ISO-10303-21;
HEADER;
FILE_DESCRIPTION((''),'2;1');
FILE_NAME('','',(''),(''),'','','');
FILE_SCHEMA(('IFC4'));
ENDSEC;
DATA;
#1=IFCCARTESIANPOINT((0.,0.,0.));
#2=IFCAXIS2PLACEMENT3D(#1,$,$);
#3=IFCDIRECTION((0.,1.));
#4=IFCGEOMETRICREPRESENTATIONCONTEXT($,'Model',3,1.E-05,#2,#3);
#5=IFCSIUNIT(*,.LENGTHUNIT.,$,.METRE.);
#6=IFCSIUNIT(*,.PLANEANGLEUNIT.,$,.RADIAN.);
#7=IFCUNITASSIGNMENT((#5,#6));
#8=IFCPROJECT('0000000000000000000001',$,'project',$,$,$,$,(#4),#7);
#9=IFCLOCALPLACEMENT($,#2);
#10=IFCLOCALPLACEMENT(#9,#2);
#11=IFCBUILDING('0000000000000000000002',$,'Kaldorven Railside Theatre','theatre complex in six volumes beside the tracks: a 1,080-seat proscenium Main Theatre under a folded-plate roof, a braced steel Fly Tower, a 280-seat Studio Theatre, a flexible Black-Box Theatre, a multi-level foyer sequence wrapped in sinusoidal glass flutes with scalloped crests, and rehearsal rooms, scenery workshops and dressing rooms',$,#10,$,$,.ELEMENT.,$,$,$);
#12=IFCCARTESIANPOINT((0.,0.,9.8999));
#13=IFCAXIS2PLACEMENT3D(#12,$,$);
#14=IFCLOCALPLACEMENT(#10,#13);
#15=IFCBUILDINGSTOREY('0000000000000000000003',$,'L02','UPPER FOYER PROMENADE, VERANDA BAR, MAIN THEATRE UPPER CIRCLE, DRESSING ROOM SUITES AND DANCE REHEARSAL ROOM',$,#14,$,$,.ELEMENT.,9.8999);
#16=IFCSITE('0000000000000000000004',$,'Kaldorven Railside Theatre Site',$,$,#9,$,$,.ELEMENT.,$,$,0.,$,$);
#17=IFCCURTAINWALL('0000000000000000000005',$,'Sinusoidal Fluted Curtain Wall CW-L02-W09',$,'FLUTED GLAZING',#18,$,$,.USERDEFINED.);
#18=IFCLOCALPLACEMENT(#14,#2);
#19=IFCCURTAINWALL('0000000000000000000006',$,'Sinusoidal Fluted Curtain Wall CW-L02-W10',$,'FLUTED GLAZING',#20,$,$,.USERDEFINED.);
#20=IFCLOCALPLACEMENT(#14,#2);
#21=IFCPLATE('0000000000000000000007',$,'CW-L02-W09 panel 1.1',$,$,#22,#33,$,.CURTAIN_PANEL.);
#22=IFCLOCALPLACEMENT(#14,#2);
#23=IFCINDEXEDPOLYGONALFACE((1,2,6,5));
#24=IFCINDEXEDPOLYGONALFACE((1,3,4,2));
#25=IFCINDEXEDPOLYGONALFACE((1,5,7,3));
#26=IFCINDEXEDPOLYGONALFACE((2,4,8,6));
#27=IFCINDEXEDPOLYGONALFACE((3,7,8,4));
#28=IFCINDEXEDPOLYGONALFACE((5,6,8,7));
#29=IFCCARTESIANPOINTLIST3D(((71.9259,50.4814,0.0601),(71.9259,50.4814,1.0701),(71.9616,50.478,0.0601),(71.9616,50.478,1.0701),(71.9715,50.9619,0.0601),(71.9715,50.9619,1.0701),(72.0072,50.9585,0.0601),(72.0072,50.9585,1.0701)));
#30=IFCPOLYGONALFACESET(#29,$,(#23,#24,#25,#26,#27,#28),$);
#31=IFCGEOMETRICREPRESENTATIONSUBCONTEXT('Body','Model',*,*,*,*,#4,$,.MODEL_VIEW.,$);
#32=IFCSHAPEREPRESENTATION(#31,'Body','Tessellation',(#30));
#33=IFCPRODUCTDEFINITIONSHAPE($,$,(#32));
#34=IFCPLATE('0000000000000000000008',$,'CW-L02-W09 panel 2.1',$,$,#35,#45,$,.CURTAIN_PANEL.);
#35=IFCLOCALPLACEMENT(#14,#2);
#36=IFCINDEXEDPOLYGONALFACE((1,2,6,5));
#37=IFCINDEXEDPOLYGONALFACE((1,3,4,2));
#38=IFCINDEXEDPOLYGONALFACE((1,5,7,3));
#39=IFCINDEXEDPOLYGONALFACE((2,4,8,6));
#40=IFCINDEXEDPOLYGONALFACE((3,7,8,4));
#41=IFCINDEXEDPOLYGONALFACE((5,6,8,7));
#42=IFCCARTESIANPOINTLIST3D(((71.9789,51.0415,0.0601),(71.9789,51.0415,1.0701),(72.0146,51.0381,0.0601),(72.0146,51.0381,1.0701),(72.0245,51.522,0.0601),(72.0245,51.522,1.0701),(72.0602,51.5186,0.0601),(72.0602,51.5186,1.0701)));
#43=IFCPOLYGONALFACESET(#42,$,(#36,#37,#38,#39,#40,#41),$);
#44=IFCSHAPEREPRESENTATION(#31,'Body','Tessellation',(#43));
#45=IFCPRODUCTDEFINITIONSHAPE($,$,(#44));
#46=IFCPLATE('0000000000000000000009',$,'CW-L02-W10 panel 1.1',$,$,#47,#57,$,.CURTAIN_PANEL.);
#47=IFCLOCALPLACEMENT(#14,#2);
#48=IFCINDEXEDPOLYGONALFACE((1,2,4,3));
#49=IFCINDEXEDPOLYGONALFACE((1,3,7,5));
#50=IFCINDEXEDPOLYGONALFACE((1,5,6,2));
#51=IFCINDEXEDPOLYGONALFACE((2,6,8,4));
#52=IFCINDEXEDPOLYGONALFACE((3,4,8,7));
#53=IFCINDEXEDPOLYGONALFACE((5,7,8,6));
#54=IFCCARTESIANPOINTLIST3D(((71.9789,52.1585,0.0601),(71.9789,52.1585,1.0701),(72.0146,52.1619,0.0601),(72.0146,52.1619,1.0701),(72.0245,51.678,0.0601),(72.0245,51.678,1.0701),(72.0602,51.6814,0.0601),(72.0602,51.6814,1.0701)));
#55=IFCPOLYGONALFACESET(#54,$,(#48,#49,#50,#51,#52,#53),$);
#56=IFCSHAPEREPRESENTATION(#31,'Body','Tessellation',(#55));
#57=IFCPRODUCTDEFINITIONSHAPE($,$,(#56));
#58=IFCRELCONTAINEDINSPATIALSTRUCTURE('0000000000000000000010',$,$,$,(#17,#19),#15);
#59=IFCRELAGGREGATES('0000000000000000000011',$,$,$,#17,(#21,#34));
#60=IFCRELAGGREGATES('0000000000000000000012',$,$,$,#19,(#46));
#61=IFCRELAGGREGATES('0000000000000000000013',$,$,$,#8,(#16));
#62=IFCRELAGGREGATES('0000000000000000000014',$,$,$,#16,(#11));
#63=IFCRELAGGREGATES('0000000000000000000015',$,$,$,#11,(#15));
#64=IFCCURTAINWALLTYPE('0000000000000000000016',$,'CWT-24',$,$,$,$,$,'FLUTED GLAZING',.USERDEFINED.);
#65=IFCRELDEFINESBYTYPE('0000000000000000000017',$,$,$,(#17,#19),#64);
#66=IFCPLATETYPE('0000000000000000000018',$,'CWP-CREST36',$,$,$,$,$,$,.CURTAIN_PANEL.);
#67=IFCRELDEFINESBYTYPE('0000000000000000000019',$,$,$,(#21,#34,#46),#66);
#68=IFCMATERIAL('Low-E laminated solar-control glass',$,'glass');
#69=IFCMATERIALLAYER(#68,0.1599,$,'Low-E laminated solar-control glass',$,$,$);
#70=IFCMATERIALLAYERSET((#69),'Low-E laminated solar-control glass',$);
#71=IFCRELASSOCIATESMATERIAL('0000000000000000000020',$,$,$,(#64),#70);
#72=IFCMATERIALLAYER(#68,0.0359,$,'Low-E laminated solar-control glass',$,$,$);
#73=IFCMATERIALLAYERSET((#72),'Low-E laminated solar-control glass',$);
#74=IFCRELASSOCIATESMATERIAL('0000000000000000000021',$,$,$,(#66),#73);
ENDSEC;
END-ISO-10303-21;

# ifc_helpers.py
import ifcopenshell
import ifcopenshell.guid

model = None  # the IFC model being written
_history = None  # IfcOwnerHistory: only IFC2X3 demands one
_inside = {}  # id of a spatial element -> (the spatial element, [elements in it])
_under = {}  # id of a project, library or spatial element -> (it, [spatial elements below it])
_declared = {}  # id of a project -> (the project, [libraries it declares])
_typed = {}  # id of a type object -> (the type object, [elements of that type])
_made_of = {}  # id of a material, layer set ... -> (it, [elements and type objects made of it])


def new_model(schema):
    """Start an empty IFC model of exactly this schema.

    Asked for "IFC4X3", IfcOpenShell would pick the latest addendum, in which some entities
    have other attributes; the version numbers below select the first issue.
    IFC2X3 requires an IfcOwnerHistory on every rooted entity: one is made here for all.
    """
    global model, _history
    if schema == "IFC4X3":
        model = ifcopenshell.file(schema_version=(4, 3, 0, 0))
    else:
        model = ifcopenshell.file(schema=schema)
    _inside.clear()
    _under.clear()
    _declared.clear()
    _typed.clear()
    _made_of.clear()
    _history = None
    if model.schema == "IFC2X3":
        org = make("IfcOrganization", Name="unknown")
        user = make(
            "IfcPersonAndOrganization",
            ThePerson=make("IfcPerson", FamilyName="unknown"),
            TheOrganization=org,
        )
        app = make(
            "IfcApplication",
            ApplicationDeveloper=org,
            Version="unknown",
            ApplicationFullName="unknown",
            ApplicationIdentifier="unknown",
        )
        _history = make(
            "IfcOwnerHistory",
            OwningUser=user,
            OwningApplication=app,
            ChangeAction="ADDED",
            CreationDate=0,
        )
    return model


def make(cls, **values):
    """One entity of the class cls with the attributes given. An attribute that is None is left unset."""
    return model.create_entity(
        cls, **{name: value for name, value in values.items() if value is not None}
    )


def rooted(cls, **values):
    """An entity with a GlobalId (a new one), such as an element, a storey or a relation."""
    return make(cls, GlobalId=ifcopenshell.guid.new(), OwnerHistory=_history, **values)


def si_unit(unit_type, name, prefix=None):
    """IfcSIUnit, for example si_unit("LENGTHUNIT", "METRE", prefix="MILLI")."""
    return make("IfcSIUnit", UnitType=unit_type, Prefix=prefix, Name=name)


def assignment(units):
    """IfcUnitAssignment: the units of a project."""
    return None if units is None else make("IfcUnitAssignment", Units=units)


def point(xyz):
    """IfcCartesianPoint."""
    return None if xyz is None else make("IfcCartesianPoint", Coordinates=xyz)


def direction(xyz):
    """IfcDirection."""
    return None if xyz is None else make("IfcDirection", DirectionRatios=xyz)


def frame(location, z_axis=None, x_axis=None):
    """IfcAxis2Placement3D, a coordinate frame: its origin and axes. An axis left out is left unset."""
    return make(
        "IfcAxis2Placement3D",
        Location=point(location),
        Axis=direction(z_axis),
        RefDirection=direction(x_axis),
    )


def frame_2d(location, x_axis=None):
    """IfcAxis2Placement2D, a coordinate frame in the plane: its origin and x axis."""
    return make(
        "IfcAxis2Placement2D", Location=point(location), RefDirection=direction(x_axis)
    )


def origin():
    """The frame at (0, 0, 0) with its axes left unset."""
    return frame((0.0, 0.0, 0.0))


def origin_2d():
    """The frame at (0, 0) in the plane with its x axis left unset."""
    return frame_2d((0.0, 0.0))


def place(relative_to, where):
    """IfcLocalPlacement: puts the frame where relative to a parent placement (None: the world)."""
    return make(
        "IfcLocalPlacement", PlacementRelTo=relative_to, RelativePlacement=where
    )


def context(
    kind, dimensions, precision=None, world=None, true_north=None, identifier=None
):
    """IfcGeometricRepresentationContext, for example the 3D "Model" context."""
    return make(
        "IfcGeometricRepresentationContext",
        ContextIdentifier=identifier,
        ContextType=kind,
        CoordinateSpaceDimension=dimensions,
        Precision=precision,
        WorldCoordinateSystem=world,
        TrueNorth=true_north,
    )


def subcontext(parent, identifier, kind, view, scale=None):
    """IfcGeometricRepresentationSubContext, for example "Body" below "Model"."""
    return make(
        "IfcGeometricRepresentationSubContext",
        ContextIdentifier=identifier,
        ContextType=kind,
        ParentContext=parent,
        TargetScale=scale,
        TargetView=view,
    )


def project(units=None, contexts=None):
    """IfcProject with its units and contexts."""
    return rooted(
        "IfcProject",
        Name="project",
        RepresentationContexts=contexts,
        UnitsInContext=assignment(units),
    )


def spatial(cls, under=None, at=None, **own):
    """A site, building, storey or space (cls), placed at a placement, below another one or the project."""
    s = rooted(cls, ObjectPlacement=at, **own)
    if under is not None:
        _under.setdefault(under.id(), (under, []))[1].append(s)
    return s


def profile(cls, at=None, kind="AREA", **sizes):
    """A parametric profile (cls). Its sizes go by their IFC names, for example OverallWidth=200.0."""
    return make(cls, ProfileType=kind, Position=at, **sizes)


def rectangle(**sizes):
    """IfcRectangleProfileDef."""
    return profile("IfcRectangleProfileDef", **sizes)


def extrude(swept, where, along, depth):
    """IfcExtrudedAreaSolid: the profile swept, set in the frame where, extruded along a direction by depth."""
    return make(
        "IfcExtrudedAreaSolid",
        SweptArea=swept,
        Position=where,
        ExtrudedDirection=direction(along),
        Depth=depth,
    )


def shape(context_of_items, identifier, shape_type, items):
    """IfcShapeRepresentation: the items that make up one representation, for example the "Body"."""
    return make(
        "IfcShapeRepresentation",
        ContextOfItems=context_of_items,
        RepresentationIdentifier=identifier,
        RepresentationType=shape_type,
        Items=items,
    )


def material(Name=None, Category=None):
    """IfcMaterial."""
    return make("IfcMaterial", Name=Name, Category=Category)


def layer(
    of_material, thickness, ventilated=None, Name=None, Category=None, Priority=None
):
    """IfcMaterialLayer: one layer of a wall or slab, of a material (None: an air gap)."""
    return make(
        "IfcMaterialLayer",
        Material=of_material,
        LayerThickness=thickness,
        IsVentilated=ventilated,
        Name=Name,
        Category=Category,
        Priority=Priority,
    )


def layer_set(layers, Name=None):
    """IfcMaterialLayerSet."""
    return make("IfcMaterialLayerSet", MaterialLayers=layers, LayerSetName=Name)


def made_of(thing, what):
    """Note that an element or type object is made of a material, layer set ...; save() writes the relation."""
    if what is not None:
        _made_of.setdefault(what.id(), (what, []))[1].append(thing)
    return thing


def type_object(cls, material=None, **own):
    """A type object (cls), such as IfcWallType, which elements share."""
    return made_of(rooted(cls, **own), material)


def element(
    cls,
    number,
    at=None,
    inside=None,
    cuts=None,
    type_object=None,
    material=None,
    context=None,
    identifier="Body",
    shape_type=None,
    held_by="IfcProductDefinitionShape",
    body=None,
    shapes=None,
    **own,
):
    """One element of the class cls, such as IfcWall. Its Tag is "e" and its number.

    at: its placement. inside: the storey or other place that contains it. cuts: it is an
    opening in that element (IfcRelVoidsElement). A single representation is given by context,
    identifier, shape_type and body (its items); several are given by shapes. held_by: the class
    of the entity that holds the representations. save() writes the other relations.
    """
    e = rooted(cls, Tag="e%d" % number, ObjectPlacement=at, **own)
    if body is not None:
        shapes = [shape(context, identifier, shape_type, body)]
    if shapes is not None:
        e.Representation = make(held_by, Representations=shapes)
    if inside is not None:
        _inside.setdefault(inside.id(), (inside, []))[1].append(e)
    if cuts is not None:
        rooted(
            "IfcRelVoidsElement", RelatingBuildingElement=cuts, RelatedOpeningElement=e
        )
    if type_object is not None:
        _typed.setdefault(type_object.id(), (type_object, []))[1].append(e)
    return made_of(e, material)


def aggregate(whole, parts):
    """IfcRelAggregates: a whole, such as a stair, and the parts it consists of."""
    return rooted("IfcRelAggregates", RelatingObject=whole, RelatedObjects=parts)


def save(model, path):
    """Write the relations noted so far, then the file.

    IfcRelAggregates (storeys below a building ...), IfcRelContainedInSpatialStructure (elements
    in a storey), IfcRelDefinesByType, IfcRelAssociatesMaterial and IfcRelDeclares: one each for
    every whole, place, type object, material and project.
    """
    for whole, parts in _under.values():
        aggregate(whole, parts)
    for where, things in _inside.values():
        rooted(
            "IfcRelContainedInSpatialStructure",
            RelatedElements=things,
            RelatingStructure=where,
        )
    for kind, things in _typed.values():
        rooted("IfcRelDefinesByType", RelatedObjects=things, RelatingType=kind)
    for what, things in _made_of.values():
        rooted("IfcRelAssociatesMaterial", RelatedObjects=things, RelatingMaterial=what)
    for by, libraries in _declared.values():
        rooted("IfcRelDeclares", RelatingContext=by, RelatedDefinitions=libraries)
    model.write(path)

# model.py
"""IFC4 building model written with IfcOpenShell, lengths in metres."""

from ifc_helpers import new_model, si_unit, direction, frame, origin, origin_2d, place, context, subcontext, project, spatial, rectangle, extrude, material, layer, layer_set, type_object, element, aggregate, save


model = new_model("IFC4")

# Units and contexts
model_context = context("Model", 3, precision=1e-05, world=origin(), true_north=direction((0.0, 1.0)))
body_context = subcontext(model_context, "Body", "Model", "MODEL_VIEW")
ifc_project = project(units=[si_unit("LENGTHUNIT", "METRE"), si_unit("PLANEANGLEUNIT", "RADIAN")], contexts=[model_context])

# Site, building, storey
site_placement = place(None, origin())
site = spatial("IfcSite", under=ifc_project, at=site_placement, Name="Kaldorven Railside Theatre Site", CompositionType="ELEMENT", RefElevation=0.0)
building_placement = place(site_placement, origin())
building = spatial("IfcBuilding", under=site, at=building_placement, Name="Kaldorven Railside Theatre", Description="theatre complex in six volumes beside the tracks: a 1,080-seat proscenium Main Theatre under a folded-plate roof, a braced steel Fly Tower, a 280-seat Studio Theatre, a flexible Black-Box Theatre, a multi-level foyer sequence wrapped in sinusoidal glass flutes with scalloped crests, and rehearsal rooms, scenery workshops and dressing rooms", CompositionType="ELEMENT")
storey_placement = place(building_placement, frame((0.0, 0.0, 9.8999)))
storey = spatial("IfcBuildingStorey", under=building, at=storey_placement, Name="L02", Description="UPPER FOYER PROMENADE, VERANDA BAR, MAIN THEATRE UPPER CIRCLE, DRESSING ROOM SUITES AND DANCE REHEARSAL ROOM", CompositionType="ELEMENT", Elevation=9.8999)

# Curtain walls
ifc_material_1 = material(Name="Low-E laminated solar-control glass", Category="glass")
ifc_layer_1 = layer(ifc_material_1, 0.1599, Name="Low-E laminated solar-control glass")
ifc_layer_set_1 = layer_set([ifc_layer_1], Name="Low-E laminated solar-control glass")
curtain_wall_type_1 = type_object("IfcCurtainWallType", Name="CWT-24", ElementType="FLUTED GLAZING", PredefinedType="USERDEFINED", material=ifc_layer_set_1)
curtain_wall_1_placement = place(storey_placement, origin())
curtain_wall_1 = element("IfcCurtainWall", 1, at=curtain_wall_1_placement, inside=storey, type_object=curtain_wall_type_1, Name="Sinusoidal Fluted Curtain Wall CW-L02-W09", ObjectType="FLUTED GLAZING", PredefinedType="USERDEFINED")
curtain_wall_2_placement = place(storey_placement, origin())
curtain_wall_2 = element("IfcCurtainWall", 2, at=curtain_wall_2_placement, inside=storey, type_object=curtain_wall_type_1, Name="Sinusoidal Fluted Curtain Wall CW-L02-W10", ObjectType="FLUTED GLAZING", PredefinedType="USERDEFINED")

# Plates
ifc_layer_2 = layer(ifc_material_1, 0.0359, Name="Low-E laminated solar-control glass")
ifc_layer_set_2 = layer_set([ifc_layer_2], Name="Low-E laminated solar-control glass")
plate_type = type_object("IfcPlateType", Name="CWP-CREST36", PredefinedType="CURTAIN_PANEL", material=ifc_layer_set_2)
plate_1_placement = place(storey_placement, frame((71.9666, 50.72, 0.0601), z_axis=(0.0, 0.0, 1.0), x_axis=(0.094492, 0.995526, 0.0)))
plate_1 = element("IfcPlate", 3, at=plate_1_placement, type_object=plate_type, Name="CW-L02-W09 panel 1.1", PredefinedType="CURTAIN_PANEL", context=body_context, shape_type="SweptSolid", body=[
    extrude(rectangle(XDim=0.4827, YDim=0.0359, at=origin_2d()), origin(), (0.0, 0.0, 1.0), 1.01),
])
plate_2_placement = place(storey_placement, frame((72.0195, 51.28, 0.0601), z_axis=(0.0, 0.0, 1.0), x_axis=(0.094492, 0.995526, 0.0)))
plate_2 = element("IfcPlate", 4, at=plate_2_placement, type_object=plate_type, Name="CW-L02-W09 panel 2.1", PredefinedType="CURTAIN_PANEL", context=body_context, shape_type="SweptSolid", body=[
    extrude(rectangle(XDim=0.4827, YDim=0.0359, at=origin_2d()), origin(), (0.0, 0.0, 1.0), 1.01),
])
aggregate(curtain_wall_1, [plate_1, plate_2])
plate_3_placement = place(storey_placement, frame((72.0195, 51.9199, 0.0601), z_axis=(0.0, 0.0, 1.0), x_axis=(-0.094492, 0.995526, 0.0)))
plate_3 = element("IfcPlate", 5, at=plate_3_placement, type_object=plate_type, Name="CW-L02-W10 panel 1.1", PredefinedType="CURTAIN_PANEL", context=body_context, shape_type="SweptSolid", body=[
    extrude(rectangle(XDim=0.4827, YDim=0.0359, at=origin_2d()), origin(), (0.0, 0.0, 1.0), 1.01),
])
aggregate(curtain_wall_2, [plate_3])

save(model, "model.ifc")
